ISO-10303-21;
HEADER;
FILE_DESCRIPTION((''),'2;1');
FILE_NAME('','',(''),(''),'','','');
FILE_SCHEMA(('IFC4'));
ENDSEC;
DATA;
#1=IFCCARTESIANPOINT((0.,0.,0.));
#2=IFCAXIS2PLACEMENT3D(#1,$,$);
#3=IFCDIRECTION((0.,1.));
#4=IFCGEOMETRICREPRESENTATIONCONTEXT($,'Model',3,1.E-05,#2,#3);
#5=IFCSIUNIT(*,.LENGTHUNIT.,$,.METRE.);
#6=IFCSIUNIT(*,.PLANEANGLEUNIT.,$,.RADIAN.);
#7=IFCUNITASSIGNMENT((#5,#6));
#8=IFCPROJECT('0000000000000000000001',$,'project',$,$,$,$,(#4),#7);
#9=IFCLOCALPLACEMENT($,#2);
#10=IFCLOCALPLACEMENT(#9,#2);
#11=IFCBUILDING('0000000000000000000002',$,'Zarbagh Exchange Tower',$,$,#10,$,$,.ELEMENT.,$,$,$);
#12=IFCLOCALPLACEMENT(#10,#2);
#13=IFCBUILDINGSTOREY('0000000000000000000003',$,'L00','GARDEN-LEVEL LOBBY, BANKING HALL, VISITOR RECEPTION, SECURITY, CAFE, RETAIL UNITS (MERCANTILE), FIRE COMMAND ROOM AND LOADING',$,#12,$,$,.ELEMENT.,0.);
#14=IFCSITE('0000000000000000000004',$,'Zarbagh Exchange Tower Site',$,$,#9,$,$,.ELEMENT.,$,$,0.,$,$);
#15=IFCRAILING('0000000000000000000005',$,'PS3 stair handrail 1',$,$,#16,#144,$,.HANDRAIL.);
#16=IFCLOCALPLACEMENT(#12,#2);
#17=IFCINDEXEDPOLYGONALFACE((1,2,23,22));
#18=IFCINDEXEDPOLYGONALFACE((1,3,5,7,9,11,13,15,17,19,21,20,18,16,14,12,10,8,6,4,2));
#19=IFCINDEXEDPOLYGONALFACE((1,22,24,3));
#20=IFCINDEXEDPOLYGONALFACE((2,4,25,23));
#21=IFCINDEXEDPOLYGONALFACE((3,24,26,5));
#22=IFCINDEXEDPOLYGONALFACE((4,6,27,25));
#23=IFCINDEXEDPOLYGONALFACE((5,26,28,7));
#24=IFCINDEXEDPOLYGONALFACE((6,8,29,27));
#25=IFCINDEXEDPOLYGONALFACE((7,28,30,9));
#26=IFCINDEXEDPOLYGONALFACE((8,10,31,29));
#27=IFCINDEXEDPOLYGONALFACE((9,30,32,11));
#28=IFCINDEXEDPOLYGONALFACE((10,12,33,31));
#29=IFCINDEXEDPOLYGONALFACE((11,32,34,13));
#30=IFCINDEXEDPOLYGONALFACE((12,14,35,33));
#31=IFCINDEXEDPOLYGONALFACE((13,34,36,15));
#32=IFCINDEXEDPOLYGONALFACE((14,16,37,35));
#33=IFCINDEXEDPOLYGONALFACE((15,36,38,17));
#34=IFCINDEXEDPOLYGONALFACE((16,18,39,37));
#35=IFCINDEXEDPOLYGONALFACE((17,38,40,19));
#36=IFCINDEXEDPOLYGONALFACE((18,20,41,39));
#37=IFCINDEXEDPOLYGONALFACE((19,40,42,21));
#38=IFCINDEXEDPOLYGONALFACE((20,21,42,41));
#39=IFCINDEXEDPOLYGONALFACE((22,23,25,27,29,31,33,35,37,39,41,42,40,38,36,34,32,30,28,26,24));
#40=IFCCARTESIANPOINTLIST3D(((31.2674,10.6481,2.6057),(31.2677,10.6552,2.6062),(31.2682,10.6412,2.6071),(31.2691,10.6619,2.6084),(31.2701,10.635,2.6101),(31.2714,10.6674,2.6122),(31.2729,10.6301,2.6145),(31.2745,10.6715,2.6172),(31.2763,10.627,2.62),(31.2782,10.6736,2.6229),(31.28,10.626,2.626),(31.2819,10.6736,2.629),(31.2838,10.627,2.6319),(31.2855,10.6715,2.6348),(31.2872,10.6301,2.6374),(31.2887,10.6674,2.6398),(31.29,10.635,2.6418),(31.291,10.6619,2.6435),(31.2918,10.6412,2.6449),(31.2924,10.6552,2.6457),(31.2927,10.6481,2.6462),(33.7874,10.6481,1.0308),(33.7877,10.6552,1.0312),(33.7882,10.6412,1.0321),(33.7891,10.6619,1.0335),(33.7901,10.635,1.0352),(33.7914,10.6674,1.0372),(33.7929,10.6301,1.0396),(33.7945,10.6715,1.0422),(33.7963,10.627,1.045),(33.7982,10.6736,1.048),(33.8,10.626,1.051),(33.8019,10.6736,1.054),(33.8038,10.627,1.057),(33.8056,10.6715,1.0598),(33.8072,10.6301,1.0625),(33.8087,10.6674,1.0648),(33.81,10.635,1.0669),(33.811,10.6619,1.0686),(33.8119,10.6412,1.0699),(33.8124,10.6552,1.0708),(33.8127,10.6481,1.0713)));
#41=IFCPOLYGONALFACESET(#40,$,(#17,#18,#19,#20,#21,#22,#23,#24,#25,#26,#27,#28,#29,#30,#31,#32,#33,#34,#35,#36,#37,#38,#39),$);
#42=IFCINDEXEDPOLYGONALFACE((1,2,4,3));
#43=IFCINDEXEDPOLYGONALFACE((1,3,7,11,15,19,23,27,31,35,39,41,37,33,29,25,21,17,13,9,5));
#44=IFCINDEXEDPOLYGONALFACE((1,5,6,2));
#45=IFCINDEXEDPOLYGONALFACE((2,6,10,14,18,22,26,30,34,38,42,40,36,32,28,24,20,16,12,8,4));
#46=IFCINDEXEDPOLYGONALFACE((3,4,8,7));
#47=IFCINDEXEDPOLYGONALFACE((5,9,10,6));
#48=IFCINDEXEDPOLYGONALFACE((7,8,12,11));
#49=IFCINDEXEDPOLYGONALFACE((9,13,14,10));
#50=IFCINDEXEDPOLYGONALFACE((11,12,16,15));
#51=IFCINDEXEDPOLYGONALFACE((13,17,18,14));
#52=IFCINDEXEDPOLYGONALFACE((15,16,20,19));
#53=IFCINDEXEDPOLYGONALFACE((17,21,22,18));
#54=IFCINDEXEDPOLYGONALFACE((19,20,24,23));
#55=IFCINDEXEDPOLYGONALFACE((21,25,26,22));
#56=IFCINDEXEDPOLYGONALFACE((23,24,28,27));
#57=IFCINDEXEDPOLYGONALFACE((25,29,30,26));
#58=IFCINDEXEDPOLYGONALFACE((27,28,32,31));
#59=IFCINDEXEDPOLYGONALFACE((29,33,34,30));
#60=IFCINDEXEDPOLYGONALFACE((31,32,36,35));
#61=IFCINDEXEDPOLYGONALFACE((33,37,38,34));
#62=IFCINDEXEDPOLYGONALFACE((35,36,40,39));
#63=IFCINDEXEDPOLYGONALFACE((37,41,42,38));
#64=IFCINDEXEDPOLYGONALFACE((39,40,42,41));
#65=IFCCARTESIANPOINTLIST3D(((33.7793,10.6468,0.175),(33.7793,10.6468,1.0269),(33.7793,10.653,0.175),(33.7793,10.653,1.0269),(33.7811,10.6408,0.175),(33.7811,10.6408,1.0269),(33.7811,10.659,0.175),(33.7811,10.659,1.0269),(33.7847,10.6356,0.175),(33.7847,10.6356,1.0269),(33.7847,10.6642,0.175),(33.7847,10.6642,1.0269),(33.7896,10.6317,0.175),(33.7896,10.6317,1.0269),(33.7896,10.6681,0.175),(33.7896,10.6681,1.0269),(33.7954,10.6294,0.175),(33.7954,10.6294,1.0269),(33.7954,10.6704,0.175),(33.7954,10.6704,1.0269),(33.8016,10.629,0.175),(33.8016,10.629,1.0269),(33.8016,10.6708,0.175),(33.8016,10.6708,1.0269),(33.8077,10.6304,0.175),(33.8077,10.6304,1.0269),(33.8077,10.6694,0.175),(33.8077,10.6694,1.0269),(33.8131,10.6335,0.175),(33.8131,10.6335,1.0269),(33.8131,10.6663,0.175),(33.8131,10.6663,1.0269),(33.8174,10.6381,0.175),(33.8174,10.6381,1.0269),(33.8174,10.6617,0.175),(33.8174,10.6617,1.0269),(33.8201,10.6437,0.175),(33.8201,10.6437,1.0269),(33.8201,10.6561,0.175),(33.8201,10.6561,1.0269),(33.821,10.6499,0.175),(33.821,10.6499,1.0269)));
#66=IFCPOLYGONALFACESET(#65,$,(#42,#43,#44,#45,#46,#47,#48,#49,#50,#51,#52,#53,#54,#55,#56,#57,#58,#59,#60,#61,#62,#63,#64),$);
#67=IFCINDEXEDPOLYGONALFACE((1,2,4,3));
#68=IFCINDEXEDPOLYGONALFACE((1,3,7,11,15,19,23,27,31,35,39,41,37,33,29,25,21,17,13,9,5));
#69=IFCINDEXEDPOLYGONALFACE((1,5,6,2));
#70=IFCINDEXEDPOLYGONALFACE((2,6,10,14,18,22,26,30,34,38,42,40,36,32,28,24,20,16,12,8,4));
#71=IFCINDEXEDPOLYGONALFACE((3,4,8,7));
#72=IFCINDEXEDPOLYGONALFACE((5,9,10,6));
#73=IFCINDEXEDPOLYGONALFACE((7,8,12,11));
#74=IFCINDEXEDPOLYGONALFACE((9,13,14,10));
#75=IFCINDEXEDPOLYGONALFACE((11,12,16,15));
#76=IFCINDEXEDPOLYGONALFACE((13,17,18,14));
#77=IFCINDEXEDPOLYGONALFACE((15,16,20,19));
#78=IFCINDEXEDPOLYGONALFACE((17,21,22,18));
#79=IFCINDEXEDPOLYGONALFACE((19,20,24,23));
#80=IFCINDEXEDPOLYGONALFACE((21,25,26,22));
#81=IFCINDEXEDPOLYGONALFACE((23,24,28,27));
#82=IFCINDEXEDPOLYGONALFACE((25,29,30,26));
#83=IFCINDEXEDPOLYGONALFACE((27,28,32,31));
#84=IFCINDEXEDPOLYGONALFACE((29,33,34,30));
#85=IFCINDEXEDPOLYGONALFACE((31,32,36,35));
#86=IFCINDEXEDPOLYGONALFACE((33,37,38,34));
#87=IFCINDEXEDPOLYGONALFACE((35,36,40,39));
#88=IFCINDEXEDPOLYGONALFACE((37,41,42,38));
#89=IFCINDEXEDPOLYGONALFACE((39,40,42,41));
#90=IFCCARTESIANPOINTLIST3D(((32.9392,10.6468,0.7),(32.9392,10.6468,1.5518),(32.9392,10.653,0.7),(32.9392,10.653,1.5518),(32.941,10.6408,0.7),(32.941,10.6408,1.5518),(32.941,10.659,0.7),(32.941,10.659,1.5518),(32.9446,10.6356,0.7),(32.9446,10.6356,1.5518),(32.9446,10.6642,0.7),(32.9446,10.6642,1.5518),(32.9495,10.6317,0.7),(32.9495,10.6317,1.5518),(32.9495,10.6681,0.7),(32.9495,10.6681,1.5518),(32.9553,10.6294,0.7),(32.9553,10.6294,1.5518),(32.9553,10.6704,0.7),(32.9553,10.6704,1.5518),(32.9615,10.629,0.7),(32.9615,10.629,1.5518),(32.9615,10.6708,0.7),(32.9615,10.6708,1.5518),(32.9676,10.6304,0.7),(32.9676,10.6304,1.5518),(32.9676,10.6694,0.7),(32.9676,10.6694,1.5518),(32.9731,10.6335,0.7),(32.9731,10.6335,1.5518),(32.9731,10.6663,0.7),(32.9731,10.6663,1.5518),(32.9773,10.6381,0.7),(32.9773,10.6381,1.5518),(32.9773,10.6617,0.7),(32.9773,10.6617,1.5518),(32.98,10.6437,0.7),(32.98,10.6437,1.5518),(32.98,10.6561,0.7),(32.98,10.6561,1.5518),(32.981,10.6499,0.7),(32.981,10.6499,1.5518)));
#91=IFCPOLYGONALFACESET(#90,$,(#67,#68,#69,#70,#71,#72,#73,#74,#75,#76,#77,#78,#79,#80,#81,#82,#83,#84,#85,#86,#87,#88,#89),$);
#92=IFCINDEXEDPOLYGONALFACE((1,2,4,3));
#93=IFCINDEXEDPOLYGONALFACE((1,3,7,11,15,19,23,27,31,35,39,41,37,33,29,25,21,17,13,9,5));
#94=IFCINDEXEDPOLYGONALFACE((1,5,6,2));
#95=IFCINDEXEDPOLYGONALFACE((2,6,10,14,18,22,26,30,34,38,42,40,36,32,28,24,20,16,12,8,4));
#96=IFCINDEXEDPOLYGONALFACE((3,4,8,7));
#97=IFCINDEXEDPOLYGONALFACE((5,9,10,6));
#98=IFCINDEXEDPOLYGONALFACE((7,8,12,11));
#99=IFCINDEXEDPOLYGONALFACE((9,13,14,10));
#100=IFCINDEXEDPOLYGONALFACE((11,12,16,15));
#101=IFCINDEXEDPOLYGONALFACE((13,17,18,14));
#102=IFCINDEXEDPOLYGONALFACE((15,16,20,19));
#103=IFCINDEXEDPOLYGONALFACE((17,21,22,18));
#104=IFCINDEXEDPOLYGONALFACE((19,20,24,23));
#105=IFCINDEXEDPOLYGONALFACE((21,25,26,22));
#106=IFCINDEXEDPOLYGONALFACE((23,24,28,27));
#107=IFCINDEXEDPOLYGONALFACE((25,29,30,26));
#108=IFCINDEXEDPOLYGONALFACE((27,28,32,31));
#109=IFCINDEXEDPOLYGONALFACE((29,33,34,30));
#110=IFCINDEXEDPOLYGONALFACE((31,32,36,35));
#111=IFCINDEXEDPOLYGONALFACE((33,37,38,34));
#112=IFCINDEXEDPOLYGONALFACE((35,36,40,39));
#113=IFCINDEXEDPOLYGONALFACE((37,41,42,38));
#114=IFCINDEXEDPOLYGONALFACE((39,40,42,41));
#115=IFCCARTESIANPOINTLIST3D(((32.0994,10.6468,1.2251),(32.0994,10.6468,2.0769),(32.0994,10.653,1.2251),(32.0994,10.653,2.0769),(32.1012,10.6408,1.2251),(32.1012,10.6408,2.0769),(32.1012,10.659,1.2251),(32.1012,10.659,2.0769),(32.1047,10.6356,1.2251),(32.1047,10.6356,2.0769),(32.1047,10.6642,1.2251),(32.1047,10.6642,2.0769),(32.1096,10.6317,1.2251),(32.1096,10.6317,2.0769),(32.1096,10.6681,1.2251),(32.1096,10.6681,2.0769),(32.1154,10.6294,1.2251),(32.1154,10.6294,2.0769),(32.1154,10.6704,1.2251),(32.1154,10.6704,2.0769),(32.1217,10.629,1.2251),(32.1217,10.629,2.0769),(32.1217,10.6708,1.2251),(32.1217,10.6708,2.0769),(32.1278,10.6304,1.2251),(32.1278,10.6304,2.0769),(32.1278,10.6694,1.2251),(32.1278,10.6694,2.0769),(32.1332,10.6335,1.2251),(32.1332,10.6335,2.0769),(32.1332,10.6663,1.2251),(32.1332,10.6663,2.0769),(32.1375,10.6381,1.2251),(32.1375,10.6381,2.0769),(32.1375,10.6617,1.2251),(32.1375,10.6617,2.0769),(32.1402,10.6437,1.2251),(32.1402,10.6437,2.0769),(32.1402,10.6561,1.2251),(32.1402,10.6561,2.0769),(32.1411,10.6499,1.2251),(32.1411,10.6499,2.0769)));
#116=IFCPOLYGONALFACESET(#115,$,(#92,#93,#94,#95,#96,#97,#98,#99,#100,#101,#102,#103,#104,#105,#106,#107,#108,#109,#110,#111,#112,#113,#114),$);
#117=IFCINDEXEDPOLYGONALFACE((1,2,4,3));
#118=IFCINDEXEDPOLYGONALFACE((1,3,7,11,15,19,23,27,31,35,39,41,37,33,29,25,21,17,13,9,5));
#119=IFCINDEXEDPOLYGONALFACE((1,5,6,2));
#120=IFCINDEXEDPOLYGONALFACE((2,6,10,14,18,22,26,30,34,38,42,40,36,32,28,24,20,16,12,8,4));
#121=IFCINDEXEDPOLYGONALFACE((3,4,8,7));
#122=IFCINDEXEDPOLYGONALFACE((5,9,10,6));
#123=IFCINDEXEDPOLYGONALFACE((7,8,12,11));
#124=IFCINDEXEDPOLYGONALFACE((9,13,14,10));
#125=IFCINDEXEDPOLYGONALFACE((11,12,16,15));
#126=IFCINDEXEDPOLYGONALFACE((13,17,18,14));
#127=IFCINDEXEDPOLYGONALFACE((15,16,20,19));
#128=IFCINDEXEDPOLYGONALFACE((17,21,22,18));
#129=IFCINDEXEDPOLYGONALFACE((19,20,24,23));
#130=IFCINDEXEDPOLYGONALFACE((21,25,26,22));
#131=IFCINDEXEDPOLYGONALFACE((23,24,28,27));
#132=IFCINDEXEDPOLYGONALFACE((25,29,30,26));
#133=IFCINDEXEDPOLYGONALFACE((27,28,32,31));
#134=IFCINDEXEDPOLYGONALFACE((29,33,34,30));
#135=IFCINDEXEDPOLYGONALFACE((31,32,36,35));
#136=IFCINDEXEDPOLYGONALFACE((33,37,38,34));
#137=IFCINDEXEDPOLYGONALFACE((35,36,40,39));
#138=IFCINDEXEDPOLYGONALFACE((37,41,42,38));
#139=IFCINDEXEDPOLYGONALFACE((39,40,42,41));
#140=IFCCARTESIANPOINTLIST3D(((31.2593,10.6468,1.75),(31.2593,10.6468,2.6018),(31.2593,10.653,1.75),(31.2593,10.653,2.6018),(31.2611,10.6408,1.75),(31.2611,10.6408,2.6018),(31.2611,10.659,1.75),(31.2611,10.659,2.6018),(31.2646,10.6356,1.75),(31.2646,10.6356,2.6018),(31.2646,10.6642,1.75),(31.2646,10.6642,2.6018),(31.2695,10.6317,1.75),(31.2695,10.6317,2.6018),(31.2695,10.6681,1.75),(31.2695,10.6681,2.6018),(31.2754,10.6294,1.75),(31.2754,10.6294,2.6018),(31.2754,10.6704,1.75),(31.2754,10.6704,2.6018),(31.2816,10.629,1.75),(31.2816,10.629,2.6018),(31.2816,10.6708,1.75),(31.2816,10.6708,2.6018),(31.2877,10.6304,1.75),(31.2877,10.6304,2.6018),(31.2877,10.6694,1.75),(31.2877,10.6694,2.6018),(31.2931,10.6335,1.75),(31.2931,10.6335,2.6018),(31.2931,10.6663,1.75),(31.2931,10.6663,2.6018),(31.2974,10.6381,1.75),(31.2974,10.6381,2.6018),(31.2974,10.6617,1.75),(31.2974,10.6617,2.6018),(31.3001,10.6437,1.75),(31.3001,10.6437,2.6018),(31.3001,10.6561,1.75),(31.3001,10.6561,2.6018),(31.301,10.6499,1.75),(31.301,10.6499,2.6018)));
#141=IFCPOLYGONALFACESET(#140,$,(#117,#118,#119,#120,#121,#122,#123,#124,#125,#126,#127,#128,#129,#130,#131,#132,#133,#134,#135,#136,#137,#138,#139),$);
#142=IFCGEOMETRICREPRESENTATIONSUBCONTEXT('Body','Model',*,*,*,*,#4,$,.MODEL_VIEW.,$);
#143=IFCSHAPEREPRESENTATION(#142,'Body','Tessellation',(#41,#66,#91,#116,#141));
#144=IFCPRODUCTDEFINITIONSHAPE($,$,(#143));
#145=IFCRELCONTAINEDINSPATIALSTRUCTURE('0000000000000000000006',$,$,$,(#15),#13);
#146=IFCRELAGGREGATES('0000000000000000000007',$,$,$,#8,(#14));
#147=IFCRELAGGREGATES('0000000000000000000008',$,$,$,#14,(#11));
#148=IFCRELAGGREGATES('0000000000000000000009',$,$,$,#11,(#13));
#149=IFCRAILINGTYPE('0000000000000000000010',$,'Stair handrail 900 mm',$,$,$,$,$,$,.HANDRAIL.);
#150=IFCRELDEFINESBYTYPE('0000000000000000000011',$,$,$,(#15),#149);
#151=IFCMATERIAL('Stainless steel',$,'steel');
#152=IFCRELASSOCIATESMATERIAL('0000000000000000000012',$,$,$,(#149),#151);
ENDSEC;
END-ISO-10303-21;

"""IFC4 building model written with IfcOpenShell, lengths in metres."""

from ifc_helpers import new_model, si_unit, direction, frame, origin, origin_2d, place, context, subcontext, project, spatial, circle, extrude, material, type_object, element, save


model = new_model("IFC4")

# Units and contexts
model_context = context("Model", 3, precision=1e-05, world=origin(), true_north=direction((0.0, 1.0)))
body_context = subcontext(model_context, "Body", "Model", "MODEL_VIEW")
ifc_project = project(units=[si_unit("LENGTHUNIT", "METRE"), si_unit("PLANEANGLEUNIT", "RADIAN")], contexts=[model_context])

# Site, building, storey
site_placement = place(None, origin())
site = spatial("IfcSite", under=ifc_project, at=site_placement, Name="Zarbagh Exchange Tower Site", CompositionType="ELEMENT", RefElevation=0.0)
building_placement = place(site_placement, origin())
building = spatial("IfcBuilding", under=site, at=building_placement, Name="Zarbagh Exchange Tower", CompositionType="ELEMENT")
storey_placement = place(building_placement, origin())
storey = spatial("IfcBuildingStorey", under=building, at=storey_placement, Name="L00", Description="GARDEN-LEVEL LOBBY, BANKING HALL, VISITOR RECEPTION, SECURITY, CAFE, RETAIL UNITS (MERCANTILE), FIRE COMMAND ROOM AND LOADING", CompositionType="ELEMENT", Elevation=0.0)

# Railing
ifc_material_1 = material(Name="Stainless steel", Category="steel")
railing_type_1 = type_object("IfcRailingType", Name="Stair handrail 900 mm", PredefinedType="HANDRAIL", material=ifc_material_1)
railing_1_placement = place(storey_placement, frame((33.8, 10.6499, 0.175)))
element("IfcRailing", 1, at=railing_1_placement, inside=storey, type_object=railing_type_1, Name="PS3 stair handrail 1", PredefinedType="HANDRAIL", context=body_context, shape_type="SweptSolid", body=[
    extrude(circle(Radius=0.0239, at=origin_2d()), frame((0.0, 0.0, 0.876), z_axis=(-0.848008, 0.0, 0.529984), x_axis=(0.0, -1.0, 0.0)), (0.0, 0.0, 1.0), 2.9717),
    extrude(circle(Radius=0.021, at=origin_2d()), origin(), (0.0, 0.0, 1.0), 0.8518),
    extrude(circle(Radius=0.021, at=origin_2d()), frame((-0.8401, 0.0, 0.5249)), (0.0, 0.0, 1.0), 0.8518),
    extrude(circle(Radius=0.021, at=origin_2d()), frame((-1.6799, 0.0, 1.05)), (0.0, 0.0, 1.0), 0.8518),
    extrude(circle(Radius=0.021, at=origin_2d()), frame((-2.52, 0.0, 1.575)), (0.0, 0.0, 1.0), 0.8518),
])

save(model, "model.ifc")
